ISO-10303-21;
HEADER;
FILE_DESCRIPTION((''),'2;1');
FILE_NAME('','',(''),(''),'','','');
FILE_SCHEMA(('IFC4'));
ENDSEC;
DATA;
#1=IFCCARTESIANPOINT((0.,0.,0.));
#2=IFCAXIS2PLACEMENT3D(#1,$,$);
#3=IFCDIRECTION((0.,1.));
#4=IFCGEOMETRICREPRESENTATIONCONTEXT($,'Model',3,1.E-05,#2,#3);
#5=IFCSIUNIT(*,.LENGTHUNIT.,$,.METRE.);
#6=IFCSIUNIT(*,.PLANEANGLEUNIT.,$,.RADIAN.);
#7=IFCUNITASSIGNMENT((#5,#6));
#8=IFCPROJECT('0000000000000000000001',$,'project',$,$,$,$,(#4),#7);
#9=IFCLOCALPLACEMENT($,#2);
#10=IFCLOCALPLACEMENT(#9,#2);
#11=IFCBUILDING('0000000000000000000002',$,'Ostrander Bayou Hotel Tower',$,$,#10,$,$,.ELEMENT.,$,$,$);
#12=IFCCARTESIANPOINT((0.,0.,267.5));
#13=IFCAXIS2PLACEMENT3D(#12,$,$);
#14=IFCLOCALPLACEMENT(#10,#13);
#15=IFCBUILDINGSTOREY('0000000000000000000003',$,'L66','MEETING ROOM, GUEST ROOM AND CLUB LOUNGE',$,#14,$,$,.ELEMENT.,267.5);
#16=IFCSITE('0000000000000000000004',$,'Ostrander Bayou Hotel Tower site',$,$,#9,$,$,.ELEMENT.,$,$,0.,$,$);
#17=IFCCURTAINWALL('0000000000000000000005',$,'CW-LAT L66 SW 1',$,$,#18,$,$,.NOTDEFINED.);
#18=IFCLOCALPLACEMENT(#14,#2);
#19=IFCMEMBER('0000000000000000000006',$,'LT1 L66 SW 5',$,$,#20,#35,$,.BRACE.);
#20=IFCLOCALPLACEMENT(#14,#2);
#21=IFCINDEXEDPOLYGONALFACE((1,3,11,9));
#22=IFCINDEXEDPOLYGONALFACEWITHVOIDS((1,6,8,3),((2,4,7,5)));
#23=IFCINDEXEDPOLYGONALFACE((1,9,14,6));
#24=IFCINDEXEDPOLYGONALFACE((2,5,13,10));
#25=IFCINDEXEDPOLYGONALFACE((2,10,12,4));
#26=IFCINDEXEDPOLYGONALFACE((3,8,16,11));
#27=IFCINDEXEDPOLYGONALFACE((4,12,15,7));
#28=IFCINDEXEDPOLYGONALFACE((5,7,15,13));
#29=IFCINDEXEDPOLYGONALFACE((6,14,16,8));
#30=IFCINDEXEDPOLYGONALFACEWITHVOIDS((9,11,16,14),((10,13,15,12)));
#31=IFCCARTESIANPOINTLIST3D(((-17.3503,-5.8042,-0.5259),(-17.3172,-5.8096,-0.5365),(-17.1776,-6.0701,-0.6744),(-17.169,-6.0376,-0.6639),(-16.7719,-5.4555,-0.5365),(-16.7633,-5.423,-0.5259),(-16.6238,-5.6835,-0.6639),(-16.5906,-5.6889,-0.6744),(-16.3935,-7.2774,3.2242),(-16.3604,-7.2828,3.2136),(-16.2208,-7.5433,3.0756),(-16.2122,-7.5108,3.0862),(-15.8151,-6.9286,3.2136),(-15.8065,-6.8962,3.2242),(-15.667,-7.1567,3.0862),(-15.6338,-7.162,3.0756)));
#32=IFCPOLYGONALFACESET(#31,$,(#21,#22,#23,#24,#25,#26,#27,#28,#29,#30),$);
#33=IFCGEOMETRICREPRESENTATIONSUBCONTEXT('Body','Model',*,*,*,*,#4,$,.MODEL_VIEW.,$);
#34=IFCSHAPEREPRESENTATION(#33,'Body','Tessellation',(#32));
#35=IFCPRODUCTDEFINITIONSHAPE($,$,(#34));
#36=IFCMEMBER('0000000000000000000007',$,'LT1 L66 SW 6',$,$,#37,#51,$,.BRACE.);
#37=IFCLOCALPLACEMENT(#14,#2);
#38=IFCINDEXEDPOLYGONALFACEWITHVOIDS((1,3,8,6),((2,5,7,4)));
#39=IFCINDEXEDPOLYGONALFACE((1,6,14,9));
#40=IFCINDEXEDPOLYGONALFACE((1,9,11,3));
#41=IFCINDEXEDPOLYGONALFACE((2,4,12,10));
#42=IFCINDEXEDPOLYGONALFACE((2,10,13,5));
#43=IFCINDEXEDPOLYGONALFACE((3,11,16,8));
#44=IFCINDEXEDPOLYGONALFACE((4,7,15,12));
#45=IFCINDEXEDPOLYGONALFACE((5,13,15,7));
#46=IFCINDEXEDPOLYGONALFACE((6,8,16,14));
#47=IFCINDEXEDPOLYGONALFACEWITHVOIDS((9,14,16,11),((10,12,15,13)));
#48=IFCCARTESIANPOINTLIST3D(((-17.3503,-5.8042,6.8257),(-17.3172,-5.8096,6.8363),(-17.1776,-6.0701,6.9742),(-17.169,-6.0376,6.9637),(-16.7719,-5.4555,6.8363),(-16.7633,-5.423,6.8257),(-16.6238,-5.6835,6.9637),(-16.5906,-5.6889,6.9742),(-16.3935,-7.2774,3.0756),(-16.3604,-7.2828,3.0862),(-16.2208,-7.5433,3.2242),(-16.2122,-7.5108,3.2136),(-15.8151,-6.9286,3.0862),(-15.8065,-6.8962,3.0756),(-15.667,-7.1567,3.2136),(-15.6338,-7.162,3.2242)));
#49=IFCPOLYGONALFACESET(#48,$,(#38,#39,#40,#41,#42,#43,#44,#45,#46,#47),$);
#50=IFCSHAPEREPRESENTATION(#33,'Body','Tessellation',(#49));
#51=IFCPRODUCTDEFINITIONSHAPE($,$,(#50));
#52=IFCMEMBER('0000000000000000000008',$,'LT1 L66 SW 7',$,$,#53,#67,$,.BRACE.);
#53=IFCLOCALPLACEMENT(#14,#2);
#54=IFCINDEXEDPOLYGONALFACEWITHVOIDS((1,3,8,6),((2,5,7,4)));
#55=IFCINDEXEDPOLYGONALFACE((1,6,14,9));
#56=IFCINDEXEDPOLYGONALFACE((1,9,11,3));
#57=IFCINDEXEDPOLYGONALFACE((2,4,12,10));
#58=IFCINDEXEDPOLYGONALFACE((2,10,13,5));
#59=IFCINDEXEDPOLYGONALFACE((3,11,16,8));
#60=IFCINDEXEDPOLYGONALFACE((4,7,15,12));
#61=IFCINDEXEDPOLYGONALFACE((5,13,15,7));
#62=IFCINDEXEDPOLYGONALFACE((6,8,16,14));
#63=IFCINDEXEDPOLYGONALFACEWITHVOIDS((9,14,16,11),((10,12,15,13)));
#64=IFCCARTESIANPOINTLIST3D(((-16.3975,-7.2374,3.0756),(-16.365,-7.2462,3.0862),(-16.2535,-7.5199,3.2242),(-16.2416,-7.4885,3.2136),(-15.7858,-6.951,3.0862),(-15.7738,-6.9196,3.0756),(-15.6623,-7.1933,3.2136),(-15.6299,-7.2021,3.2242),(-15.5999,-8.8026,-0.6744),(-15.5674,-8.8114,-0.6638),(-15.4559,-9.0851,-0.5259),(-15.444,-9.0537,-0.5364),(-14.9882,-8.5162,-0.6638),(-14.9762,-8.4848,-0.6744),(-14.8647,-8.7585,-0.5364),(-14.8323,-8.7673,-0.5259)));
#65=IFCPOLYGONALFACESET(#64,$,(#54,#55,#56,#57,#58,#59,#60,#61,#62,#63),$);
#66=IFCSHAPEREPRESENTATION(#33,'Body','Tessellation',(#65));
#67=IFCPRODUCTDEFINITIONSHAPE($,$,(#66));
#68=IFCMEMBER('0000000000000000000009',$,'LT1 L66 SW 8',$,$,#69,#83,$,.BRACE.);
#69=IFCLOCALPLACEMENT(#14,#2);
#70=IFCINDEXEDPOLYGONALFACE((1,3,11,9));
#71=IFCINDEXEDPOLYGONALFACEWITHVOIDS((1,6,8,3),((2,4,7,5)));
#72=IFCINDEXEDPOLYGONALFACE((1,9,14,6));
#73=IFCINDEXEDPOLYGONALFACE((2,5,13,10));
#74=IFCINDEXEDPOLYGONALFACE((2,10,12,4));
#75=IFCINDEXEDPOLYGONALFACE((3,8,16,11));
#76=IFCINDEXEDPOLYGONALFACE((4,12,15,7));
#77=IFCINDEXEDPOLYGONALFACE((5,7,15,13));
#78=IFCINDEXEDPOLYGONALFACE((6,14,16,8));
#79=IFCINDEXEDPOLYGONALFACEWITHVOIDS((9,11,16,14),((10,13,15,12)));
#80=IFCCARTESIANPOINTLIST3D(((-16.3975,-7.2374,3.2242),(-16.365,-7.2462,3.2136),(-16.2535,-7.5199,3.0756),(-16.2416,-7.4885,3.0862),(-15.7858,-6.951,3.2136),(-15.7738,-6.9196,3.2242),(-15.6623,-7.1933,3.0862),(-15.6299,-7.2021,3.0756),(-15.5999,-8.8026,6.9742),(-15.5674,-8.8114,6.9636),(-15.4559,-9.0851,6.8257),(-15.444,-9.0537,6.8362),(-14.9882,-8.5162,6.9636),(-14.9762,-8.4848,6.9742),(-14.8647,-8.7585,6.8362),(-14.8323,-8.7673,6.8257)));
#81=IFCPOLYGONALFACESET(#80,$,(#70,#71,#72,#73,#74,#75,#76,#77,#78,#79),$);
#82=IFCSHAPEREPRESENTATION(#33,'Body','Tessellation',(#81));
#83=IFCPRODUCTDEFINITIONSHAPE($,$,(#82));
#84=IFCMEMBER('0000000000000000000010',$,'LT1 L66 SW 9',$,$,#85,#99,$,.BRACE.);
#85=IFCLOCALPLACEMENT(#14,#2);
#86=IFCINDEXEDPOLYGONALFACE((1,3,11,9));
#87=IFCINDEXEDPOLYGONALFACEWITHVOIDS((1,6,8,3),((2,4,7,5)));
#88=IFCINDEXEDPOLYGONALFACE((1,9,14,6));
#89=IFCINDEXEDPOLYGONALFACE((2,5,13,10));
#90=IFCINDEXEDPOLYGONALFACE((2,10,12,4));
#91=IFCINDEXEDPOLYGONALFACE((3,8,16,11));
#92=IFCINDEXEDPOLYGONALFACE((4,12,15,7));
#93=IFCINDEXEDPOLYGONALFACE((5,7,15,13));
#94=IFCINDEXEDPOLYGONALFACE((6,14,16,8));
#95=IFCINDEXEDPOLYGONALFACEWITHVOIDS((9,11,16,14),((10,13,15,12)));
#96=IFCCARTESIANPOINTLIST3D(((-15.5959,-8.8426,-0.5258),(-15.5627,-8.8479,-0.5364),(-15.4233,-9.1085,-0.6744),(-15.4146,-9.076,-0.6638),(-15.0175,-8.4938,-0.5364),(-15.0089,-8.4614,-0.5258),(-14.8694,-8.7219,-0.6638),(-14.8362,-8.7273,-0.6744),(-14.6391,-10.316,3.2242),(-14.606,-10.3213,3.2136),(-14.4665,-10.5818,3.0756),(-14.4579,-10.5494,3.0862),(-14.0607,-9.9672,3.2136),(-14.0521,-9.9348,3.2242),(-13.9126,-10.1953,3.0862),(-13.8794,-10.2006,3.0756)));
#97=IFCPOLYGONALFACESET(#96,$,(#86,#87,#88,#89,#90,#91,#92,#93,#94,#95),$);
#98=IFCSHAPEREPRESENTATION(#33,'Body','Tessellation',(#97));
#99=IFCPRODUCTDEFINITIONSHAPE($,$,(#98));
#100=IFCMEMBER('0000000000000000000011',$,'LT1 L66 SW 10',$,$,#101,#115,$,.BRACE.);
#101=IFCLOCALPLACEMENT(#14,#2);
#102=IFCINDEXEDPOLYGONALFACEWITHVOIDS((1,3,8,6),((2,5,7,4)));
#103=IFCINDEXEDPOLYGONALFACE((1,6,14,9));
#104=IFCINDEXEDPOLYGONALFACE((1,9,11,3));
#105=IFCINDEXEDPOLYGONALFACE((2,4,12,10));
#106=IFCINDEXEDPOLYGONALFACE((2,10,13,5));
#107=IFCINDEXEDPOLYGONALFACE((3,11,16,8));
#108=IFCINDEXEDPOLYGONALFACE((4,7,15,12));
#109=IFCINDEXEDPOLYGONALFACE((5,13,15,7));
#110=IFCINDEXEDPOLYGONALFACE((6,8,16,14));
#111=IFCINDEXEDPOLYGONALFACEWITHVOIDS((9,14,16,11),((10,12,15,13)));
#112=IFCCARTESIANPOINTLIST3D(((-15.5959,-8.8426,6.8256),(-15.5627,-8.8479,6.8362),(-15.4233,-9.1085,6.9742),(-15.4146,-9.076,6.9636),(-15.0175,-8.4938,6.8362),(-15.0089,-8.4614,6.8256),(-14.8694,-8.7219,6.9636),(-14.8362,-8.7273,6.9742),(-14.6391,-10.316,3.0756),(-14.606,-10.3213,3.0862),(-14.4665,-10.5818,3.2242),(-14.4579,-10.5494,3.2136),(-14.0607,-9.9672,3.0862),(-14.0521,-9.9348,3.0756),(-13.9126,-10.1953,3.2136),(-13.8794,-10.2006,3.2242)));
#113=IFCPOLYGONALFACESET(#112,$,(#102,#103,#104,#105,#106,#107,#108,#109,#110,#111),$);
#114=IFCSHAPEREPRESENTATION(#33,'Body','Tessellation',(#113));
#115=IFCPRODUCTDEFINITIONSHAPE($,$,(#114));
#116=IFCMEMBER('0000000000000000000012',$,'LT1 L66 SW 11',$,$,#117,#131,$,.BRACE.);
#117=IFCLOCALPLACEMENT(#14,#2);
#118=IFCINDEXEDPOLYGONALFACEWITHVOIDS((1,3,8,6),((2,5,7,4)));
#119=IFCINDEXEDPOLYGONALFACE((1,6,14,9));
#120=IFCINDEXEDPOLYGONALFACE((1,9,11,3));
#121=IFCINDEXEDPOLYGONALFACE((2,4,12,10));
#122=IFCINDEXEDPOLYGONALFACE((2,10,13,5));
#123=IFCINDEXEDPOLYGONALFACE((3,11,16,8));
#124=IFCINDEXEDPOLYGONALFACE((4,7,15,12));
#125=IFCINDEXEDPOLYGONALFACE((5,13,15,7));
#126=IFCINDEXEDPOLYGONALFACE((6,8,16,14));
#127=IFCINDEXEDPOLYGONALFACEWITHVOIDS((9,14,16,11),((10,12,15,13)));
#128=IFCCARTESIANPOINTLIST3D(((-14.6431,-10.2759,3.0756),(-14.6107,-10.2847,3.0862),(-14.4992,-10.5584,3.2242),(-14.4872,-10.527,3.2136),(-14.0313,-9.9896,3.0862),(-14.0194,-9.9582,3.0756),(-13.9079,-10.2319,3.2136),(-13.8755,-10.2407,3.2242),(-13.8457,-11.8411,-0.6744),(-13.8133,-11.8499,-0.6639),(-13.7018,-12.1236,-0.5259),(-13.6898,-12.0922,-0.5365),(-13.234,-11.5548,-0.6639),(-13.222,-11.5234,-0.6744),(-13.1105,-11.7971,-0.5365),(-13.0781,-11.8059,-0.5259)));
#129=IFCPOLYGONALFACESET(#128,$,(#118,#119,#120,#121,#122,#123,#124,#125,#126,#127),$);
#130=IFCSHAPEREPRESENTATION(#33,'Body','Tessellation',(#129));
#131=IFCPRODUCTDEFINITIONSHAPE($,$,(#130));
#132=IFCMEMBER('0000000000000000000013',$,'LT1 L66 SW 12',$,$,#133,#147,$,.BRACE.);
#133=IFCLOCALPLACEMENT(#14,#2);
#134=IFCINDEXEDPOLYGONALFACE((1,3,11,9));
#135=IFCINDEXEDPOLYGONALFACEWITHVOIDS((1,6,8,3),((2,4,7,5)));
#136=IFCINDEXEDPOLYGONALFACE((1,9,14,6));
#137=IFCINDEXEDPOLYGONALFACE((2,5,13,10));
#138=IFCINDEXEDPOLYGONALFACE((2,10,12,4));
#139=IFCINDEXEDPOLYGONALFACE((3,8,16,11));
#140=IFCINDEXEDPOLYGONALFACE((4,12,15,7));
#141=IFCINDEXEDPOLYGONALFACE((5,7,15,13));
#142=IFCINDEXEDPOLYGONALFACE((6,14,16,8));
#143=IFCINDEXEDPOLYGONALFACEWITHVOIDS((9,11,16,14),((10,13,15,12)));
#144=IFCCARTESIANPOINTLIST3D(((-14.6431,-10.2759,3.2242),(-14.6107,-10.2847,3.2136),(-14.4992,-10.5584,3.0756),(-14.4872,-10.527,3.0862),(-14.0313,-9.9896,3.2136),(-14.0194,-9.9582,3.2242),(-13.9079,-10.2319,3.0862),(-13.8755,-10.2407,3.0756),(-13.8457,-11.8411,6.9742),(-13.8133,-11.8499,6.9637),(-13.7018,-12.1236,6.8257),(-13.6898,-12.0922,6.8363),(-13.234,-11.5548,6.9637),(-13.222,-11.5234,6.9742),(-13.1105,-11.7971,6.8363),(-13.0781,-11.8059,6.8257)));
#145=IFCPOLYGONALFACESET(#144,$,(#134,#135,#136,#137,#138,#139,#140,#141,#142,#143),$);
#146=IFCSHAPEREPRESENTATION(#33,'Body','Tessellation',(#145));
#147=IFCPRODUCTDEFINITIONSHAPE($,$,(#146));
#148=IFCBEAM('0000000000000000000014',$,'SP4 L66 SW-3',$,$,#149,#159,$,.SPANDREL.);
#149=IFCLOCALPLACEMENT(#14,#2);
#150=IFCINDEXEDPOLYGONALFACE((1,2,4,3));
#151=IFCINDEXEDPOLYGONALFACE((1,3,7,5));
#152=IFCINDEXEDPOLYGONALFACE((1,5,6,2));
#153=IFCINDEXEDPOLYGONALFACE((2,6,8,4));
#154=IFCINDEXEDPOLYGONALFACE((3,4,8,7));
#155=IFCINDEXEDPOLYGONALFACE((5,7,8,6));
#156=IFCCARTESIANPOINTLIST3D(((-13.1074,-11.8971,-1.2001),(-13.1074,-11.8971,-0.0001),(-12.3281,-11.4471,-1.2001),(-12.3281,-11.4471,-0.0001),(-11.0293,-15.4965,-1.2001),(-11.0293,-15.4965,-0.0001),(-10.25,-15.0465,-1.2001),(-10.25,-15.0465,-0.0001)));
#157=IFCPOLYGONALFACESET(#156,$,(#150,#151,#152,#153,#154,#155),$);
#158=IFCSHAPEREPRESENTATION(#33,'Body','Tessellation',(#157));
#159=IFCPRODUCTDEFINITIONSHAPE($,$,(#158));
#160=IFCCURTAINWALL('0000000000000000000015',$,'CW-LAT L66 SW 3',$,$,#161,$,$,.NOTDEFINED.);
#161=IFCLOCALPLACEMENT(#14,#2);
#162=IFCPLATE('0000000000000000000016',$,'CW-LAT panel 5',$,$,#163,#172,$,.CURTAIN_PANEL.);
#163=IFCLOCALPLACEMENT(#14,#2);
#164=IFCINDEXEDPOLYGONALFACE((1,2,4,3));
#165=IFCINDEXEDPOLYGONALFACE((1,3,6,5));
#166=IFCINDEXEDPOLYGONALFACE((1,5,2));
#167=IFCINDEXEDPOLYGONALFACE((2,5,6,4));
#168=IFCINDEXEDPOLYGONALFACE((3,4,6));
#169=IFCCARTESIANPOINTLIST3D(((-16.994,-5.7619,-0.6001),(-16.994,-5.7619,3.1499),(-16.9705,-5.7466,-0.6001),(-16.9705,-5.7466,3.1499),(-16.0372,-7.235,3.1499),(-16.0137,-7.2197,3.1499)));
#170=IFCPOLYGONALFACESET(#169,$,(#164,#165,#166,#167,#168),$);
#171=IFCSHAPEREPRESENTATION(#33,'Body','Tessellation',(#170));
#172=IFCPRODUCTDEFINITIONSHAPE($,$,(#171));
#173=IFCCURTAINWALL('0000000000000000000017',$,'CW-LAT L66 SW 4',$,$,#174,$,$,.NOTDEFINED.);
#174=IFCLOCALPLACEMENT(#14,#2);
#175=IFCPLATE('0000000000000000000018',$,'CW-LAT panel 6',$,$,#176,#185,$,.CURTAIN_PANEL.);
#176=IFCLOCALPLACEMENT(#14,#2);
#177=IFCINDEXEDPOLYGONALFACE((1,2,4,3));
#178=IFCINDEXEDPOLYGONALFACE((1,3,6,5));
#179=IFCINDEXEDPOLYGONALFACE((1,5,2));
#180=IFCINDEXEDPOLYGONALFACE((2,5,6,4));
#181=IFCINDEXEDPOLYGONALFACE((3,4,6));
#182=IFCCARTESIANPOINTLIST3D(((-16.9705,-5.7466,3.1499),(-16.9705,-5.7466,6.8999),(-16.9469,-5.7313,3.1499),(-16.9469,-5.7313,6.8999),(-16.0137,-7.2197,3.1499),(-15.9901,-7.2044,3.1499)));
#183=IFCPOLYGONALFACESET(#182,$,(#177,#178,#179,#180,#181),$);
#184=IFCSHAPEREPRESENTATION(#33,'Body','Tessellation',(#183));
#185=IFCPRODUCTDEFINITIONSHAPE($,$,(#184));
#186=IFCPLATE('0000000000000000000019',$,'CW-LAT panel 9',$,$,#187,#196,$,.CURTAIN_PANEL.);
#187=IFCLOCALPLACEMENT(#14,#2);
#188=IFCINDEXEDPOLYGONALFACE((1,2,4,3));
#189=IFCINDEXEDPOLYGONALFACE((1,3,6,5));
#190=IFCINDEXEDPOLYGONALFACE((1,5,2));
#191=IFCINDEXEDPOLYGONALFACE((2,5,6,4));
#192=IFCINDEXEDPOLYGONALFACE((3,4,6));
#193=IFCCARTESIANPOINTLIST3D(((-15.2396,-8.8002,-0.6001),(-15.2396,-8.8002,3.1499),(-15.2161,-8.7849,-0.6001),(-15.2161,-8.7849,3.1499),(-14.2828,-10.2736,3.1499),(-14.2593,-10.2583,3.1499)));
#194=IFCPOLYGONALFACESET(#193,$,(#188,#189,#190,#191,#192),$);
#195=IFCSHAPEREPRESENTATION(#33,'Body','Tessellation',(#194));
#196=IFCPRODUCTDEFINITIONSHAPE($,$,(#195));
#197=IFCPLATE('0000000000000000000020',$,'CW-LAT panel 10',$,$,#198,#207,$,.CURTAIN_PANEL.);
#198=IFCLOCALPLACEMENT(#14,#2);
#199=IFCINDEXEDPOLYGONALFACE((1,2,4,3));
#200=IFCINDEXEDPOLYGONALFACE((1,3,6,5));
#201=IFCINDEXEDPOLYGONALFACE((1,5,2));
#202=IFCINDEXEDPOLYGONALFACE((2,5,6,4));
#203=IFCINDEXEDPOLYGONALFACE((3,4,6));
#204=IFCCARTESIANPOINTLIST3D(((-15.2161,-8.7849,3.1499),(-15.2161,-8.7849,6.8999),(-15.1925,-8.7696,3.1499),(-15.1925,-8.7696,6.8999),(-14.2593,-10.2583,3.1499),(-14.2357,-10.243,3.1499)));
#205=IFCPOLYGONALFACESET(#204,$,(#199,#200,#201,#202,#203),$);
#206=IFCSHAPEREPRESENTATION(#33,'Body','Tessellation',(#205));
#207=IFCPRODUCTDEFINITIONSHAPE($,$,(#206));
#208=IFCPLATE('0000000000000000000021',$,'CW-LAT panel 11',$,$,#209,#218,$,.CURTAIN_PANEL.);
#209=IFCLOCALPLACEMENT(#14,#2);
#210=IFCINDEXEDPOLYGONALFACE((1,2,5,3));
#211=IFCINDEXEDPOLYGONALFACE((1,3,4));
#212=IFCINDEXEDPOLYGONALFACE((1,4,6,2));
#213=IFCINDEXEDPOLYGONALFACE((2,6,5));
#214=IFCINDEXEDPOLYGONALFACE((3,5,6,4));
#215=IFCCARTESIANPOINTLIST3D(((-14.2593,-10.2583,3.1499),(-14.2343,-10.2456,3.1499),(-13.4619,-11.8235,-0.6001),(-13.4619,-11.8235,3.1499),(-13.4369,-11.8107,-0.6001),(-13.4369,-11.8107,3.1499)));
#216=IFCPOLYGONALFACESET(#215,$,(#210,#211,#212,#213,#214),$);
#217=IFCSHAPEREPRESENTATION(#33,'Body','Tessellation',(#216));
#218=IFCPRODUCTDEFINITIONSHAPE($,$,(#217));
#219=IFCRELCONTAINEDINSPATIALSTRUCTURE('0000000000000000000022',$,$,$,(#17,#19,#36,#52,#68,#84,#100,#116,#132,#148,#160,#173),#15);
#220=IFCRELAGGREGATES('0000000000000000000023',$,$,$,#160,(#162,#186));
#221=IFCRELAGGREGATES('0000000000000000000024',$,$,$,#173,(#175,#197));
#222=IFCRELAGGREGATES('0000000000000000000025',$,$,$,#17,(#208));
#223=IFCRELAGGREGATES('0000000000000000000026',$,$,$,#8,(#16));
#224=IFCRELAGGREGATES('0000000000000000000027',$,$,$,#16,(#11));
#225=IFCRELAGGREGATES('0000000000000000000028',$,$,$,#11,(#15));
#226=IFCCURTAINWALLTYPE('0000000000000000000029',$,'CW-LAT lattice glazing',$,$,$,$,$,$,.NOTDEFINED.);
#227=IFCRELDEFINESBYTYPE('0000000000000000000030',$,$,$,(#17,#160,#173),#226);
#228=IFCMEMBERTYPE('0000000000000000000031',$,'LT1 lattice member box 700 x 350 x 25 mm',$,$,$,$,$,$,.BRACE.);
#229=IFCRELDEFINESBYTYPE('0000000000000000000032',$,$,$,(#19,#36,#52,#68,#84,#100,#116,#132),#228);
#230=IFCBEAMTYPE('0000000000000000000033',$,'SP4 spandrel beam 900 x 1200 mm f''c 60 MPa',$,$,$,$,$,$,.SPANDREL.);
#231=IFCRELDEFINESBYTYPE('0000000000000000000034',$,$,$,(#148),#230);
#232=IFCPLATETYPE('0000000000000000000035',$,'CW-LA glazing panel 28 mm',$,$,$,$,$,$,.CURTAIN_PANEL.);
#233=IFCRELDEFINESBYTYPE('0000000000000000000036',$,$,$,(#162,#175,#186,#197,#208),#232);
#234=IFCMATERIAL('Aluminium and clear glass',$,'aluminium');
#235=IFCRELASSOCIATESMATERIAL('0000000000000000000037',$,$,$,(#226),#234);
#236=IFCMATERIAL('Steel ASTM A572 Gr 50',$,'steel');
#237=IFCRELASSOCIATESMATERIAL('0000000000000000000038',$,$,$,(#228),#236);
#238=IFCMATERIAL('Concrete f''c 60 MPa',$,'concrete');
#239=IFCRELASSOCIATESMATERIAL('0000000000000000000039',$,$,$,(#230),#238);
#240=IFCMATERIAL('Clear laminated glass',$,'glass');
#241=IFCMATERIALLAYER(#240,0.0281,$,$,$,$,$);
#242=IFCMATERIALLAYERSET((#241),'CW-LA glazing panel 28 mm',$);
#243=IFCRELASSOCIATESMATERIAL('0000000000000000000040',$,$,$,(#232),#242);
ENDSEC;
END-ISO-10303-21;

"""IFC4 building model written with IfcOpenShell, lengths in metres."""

from ifc_helpers import new_model, si_unit, direction, frame, origin, origin_2d, place, context, subcontext, project, spatial, polyline, rectangle, hollow_rectangle, outline, extrude, material, layer, layer_set, material_profile, profile_set, type_object, element, aggregate, save


model = new_model("IFC4")

# Units and contexts
model_context = context("Model", 3, precision=1e-05, world=origin(), true_north=direction((0.0, 1.0)))
body_context = subcontext(model_context, "Body", "Model", "MODEL_VIEW")
ifc_project = project(units=[si_unit("LENGTHUNIT", "METRE"), si_unit("PLANEANGLEUNIT", "RADIAN")], contexts=[model_context])

# Site, building, storey
site_placement = place(None, origin())
site = spatial("IfcSite", under=ifc_project, at=site_placement, Name="Ostrander Bayou Hotel Tower site", CompositionType="ELEMENT", RefElevation=0.0)
building_placement = place(site_placement, origin())
building = spatial("IfcBuilding", under=site, at=building_placement, Name="Ostrander Bayou Hotel Tower", CompositionType="ELEMENT")
storey_placement = place(building_placement, frame((0.0, 0.0, 267.5)))
storey = spatial("IfcBuildingStorey", under=building, at=storey_placement, Name="L66", Description="MEETING ROOM, GUEST ROOM AND CLUB LOUNGE", CompositionType="ELEMENT", Elevation=267.5)

# Curtain wall
ifc_material_1 = material(Name="Aluminium and clear glass", Category="aluminium")
curtain_wall_type = type_object("IfcCurtainWallType", Name="CW-LAT lattice glazing", PredefinedType="NOTDEFINED", material=ifc_material_1)
curtain_wall_1_placement = place(storey_placement, origin())
curtain_wall_1 = element("IfcCurtainWall", 1, at=curtain_wall_1_placement, inside=storey, type_object=curtain_wall_type, Name="CW-LAT L66 SW 1", PredefinedType="NOTDEFINED")

# Members
ifc_material_2 = material(Name="Steel ASTM A572 Gr 50", Category="steel")
ifc_material_profile_1 = material_profile(ifc_material_2, hollow_rectangle(XDim=0.7, YDim=0.3501, WallThickness=0.0249, at=origin_2d()))
ifc_profile_set_1 = profile_set([ifc_material_profile_1], Name="Steel ASTM A572 Gr 50")
member_type_1 = type_object("IfcMemberType", Name="LT1 lattice member box 700 x 350 x 25 mm", PredefinedType="BRACE", material=ifc_profile_set_1)
for number, where, z_axis, x_axis, name in (
    (2, (-16.0137, -7.2197, 3.1499), (-0.231051, 0.355744, -0.905573), (-0.83864, -0.544685, 0.0), "LT1 L66 SW 5"),
    (3, (-16.0137, -7.2197, 3.1499), (-0.231051, 0.355744, 0.905573), (-0.83864, -0.544685, 0.0), "LT1 L66 SW 6"),
    (4, (-16.0137, -7.2197, 3.1499), (0.192609, -0.377966, -0.905562), (0.890982, 0.454038, 0.0), "LT1 L66 SW 7"),
    (5, (-16.0137, -7.2197, 3.1499), (0.192609, -0.377966, 0.905562), (0.890982, 0.454038, 0.0), "LT1 L66 SW 8"),
    (6, (-14.2593, -10.2583, 3.1499), (-0.231046, 0.355795, -0.905554), (-0.838682, -0.544622, 0.0), "LT1 L66 SW 9"),
    (7, (-14.2593, -10.2583, 3.1499), (-0.231046, 0.355795, 0.905554), (-0.838682, -0.544622, 0.0), "LT1 L66 SW 10"),
    (8, (-14.2593, -10.2583, 3.1499), (0.192552, -0.37797, -0.905573), (0.891038, 0.453928, 0.0), "LT1 L66 SW 11"),
    (9, (-14.2593, -10.2583, 3.1499), (0.192552, -0.37797, 0.905573), (0.891038, 0.453928, 0.0), "LT1 L66 SW 12"),
):
    element("IfcMember", number, at=place(storey_placement, frame(where, z_axis=z_axis, x_axis=x_axis)), inside=storey, type_object=member_type_1, Name=name, PredefinedType="BRACE", context=body_context, shape_type="SweptSolid", body=[
        extrude(hollow_rectangle(XDim=0.7, YDim=0.3501, WallThickness=0.0249, at=origin_2d()), origin(), (0.0, 0.0, 1.0), 4.1411),
    ])

# Beam
ifc_material_3 = material(Name="Concrete f'c 60 MPa", Category="concrete")
ifc_material_profile_2 = material_profile(ifc_material_3, rectangle(XDim=0.8999, YDim=1.2, at=origin_2d()))
ifc_profile_set_2 = profile_set([ifc_material_profile_2], Name="Concrete f'c 60 MPa")
beam_type_1 = type_object("IfcBeamType", Name="SP4 spandrel beam 900 x 1200 mm f'c 60 MPa", PredefinedType="SPANDREL", material=ifc_profile_set_2)
beam_1_placement = place(storey_placement, frame((-12.7178, -11.6721, -0.6001), z_axis=(0.500006, -0.866022, 0.0), x_axis=(0.866022, 0.500006, 0.0)))
element("IfcBeam", 10, at=beam_1_placement, inside=storey, type_object=beam_type_1, Name="SP4 L66 SW-3", PredefinedType="SPANDREL", context=body_context, shape_type="SweptSolid", body=[
    extrude(rectangle(XDim=0.8999, YDim=1.2, at=origin_2d()), origin(), (0.0, 0.0, 1.0), 4.1562),
])

# Curtain walls, plates
curtain_wall_2_placement = place(storey_placement, origin())
curtain_wall_2 = element("IfcCurtainWall", 11, at=curtain_wall_2_placement, inside=storey, type_object=curtain_wall_type, Name="CW-LAT L66 SW 3", PredefinedType="NOTDEFINED")
ifc_material_4 = material(Name="Clear laminated glass", Category="glass")
ifc_layer_1 = layer(ifc_material_4, 0.0281)
ifc_layer_set_1 = layer_set([ifc_layer_1], Name="CW-LA glazing panel 28 mm")
plate_type = type_object("IfcPlateType", Name="CW-LA glazing panel 28 mm", PredefinedType="CURTAIN_PANEL", material=ifc_layer_set_1)
plate_1_placement = place(storey_placement, frame((-16.0137, -7.2197, 3.1499), z_axis=(0.83864, 0.544685, 0.0), x_axis=(-0.231051, 0.355744, -0.905573)))
plate_1 = element("IfcPlate", 12, at=plate_1_placement, type_object=plate_type, Name="CW-LAT panel 5", PredefinedType="CURTAIN_PANEL", context=body_context, shape_type="SweptSolid", body=[
    extrude(outline(polyline([(0.0, 0.0), (4.141, 0.0), (0.7451, 1.5907), (0.0, 0.0)])), origin(), (0.0, 0.0, -1.0), 0.0281),
])
curtain_wall_3_placement = place(storey_placement, origin())
curtain_wall_3 = element("IfcCurtainWall", 13, at=curtain_wall_3_placement, inside=storey, type_object=curtain_wall_type, Name="CW-LAT L66 SW 4", PredefinedType="NOTDEFINED")
plate_2_placement = place(storey_placement, frame((-16.0137, -7.2197, 3.1499), z_axis=(-0.83864, -0.544685, 0.0), x_axis=(-0.231051, 0.355744, 0.905573)))
plate_2 = element("IfcPlate", 14, at=plate_2_placement, type_object=plate_type, Name="CW-LAT panel 6", PredefinedType="CURTAIN_PANEL", context=body_context, shape_type="SweptSolid", body=[
    extrude(outline(polyline([(0.0, 0.0), (4.141, 0.0), (0.7451, 1.5907), (0.0, 0.0)])), origin(), (0.0, 0.0, -1.0), 0.0281),
])

# Plates
plate_3_placement = place(storey_placement, frame((-14.2593, -10.2583, 3.1499), z_axis=(0.838682, 0.544622, 0.0), x_axis=(-0.231046, 0.355795, -0.905554)))
plate_3 = element("IfcPlate", 15, at=plate_3_placement, type_object=plate_type, Name="CW-LAT panel 9", PredefinedType="CURTAIN_PANEL", context=body_context, shape_type="SweptSolid", body=[
    extrude(outline(polyline([(0.0, 0.0), (4.1411, 0.0), (0.7453, 1.5909), (0.0, 0.0)])), origin(), (0.0, 0.0, -1.0), 0.0281),
])
aggregate(curtain_wall_2, [plate_1, plate_3])
plate_4_placement = place(storey_placement, frame((-14.2593, -10.2583, 3.1499), z_axis=(-0.838682, -0.544622, 0.0), x_axis=(-0.231046, 0.355795, 0.905554)))
plate_4 = element("IfcPlate", 16, at=plate_4_placement, type_object=plate_type, Name="CW-LAT panel 10", PredefinedType="CURTAIN_PANEL", context=body_context, shape_type="SweptSolid", body=[
    extrude(outline(polyline([(0.0, 0.0), (4.1411, 0.0), (0.7453, 1.5909), (0.0, 0.0)])), origin(), (0.0, 0.0, -1.0), 0.0281),
])
aggregate(curtain_wall_3, [plate_2, plate_4])
plate_5_placement = place(storey_placement, frame((-14.2593, -10.2583, 3.1499), z_axis=(-0.891038, -0.453928, 0.0), x_axis=(0.192552, -0.37797, -0.905573)))
plate_5 = element("IfcPlate", 17, at=plate_5_placement, type_object=plate_type, Name="CW-LAT panel 11", PredefinedType="CURTAIN_PANEL", context=body_context, shape_type="SweptSolid", body=[
    extrude(outline(polyline([(0.0, 0.0), (4.141, 0.0), (0.7451, 1.5907), (0.0, 0.0)])), origin(), (0.0, 0.0, -1.0), 0.0281),
])
aggregate(curtain_wall_1, [plate_5])

save(model, "model.ifc")
